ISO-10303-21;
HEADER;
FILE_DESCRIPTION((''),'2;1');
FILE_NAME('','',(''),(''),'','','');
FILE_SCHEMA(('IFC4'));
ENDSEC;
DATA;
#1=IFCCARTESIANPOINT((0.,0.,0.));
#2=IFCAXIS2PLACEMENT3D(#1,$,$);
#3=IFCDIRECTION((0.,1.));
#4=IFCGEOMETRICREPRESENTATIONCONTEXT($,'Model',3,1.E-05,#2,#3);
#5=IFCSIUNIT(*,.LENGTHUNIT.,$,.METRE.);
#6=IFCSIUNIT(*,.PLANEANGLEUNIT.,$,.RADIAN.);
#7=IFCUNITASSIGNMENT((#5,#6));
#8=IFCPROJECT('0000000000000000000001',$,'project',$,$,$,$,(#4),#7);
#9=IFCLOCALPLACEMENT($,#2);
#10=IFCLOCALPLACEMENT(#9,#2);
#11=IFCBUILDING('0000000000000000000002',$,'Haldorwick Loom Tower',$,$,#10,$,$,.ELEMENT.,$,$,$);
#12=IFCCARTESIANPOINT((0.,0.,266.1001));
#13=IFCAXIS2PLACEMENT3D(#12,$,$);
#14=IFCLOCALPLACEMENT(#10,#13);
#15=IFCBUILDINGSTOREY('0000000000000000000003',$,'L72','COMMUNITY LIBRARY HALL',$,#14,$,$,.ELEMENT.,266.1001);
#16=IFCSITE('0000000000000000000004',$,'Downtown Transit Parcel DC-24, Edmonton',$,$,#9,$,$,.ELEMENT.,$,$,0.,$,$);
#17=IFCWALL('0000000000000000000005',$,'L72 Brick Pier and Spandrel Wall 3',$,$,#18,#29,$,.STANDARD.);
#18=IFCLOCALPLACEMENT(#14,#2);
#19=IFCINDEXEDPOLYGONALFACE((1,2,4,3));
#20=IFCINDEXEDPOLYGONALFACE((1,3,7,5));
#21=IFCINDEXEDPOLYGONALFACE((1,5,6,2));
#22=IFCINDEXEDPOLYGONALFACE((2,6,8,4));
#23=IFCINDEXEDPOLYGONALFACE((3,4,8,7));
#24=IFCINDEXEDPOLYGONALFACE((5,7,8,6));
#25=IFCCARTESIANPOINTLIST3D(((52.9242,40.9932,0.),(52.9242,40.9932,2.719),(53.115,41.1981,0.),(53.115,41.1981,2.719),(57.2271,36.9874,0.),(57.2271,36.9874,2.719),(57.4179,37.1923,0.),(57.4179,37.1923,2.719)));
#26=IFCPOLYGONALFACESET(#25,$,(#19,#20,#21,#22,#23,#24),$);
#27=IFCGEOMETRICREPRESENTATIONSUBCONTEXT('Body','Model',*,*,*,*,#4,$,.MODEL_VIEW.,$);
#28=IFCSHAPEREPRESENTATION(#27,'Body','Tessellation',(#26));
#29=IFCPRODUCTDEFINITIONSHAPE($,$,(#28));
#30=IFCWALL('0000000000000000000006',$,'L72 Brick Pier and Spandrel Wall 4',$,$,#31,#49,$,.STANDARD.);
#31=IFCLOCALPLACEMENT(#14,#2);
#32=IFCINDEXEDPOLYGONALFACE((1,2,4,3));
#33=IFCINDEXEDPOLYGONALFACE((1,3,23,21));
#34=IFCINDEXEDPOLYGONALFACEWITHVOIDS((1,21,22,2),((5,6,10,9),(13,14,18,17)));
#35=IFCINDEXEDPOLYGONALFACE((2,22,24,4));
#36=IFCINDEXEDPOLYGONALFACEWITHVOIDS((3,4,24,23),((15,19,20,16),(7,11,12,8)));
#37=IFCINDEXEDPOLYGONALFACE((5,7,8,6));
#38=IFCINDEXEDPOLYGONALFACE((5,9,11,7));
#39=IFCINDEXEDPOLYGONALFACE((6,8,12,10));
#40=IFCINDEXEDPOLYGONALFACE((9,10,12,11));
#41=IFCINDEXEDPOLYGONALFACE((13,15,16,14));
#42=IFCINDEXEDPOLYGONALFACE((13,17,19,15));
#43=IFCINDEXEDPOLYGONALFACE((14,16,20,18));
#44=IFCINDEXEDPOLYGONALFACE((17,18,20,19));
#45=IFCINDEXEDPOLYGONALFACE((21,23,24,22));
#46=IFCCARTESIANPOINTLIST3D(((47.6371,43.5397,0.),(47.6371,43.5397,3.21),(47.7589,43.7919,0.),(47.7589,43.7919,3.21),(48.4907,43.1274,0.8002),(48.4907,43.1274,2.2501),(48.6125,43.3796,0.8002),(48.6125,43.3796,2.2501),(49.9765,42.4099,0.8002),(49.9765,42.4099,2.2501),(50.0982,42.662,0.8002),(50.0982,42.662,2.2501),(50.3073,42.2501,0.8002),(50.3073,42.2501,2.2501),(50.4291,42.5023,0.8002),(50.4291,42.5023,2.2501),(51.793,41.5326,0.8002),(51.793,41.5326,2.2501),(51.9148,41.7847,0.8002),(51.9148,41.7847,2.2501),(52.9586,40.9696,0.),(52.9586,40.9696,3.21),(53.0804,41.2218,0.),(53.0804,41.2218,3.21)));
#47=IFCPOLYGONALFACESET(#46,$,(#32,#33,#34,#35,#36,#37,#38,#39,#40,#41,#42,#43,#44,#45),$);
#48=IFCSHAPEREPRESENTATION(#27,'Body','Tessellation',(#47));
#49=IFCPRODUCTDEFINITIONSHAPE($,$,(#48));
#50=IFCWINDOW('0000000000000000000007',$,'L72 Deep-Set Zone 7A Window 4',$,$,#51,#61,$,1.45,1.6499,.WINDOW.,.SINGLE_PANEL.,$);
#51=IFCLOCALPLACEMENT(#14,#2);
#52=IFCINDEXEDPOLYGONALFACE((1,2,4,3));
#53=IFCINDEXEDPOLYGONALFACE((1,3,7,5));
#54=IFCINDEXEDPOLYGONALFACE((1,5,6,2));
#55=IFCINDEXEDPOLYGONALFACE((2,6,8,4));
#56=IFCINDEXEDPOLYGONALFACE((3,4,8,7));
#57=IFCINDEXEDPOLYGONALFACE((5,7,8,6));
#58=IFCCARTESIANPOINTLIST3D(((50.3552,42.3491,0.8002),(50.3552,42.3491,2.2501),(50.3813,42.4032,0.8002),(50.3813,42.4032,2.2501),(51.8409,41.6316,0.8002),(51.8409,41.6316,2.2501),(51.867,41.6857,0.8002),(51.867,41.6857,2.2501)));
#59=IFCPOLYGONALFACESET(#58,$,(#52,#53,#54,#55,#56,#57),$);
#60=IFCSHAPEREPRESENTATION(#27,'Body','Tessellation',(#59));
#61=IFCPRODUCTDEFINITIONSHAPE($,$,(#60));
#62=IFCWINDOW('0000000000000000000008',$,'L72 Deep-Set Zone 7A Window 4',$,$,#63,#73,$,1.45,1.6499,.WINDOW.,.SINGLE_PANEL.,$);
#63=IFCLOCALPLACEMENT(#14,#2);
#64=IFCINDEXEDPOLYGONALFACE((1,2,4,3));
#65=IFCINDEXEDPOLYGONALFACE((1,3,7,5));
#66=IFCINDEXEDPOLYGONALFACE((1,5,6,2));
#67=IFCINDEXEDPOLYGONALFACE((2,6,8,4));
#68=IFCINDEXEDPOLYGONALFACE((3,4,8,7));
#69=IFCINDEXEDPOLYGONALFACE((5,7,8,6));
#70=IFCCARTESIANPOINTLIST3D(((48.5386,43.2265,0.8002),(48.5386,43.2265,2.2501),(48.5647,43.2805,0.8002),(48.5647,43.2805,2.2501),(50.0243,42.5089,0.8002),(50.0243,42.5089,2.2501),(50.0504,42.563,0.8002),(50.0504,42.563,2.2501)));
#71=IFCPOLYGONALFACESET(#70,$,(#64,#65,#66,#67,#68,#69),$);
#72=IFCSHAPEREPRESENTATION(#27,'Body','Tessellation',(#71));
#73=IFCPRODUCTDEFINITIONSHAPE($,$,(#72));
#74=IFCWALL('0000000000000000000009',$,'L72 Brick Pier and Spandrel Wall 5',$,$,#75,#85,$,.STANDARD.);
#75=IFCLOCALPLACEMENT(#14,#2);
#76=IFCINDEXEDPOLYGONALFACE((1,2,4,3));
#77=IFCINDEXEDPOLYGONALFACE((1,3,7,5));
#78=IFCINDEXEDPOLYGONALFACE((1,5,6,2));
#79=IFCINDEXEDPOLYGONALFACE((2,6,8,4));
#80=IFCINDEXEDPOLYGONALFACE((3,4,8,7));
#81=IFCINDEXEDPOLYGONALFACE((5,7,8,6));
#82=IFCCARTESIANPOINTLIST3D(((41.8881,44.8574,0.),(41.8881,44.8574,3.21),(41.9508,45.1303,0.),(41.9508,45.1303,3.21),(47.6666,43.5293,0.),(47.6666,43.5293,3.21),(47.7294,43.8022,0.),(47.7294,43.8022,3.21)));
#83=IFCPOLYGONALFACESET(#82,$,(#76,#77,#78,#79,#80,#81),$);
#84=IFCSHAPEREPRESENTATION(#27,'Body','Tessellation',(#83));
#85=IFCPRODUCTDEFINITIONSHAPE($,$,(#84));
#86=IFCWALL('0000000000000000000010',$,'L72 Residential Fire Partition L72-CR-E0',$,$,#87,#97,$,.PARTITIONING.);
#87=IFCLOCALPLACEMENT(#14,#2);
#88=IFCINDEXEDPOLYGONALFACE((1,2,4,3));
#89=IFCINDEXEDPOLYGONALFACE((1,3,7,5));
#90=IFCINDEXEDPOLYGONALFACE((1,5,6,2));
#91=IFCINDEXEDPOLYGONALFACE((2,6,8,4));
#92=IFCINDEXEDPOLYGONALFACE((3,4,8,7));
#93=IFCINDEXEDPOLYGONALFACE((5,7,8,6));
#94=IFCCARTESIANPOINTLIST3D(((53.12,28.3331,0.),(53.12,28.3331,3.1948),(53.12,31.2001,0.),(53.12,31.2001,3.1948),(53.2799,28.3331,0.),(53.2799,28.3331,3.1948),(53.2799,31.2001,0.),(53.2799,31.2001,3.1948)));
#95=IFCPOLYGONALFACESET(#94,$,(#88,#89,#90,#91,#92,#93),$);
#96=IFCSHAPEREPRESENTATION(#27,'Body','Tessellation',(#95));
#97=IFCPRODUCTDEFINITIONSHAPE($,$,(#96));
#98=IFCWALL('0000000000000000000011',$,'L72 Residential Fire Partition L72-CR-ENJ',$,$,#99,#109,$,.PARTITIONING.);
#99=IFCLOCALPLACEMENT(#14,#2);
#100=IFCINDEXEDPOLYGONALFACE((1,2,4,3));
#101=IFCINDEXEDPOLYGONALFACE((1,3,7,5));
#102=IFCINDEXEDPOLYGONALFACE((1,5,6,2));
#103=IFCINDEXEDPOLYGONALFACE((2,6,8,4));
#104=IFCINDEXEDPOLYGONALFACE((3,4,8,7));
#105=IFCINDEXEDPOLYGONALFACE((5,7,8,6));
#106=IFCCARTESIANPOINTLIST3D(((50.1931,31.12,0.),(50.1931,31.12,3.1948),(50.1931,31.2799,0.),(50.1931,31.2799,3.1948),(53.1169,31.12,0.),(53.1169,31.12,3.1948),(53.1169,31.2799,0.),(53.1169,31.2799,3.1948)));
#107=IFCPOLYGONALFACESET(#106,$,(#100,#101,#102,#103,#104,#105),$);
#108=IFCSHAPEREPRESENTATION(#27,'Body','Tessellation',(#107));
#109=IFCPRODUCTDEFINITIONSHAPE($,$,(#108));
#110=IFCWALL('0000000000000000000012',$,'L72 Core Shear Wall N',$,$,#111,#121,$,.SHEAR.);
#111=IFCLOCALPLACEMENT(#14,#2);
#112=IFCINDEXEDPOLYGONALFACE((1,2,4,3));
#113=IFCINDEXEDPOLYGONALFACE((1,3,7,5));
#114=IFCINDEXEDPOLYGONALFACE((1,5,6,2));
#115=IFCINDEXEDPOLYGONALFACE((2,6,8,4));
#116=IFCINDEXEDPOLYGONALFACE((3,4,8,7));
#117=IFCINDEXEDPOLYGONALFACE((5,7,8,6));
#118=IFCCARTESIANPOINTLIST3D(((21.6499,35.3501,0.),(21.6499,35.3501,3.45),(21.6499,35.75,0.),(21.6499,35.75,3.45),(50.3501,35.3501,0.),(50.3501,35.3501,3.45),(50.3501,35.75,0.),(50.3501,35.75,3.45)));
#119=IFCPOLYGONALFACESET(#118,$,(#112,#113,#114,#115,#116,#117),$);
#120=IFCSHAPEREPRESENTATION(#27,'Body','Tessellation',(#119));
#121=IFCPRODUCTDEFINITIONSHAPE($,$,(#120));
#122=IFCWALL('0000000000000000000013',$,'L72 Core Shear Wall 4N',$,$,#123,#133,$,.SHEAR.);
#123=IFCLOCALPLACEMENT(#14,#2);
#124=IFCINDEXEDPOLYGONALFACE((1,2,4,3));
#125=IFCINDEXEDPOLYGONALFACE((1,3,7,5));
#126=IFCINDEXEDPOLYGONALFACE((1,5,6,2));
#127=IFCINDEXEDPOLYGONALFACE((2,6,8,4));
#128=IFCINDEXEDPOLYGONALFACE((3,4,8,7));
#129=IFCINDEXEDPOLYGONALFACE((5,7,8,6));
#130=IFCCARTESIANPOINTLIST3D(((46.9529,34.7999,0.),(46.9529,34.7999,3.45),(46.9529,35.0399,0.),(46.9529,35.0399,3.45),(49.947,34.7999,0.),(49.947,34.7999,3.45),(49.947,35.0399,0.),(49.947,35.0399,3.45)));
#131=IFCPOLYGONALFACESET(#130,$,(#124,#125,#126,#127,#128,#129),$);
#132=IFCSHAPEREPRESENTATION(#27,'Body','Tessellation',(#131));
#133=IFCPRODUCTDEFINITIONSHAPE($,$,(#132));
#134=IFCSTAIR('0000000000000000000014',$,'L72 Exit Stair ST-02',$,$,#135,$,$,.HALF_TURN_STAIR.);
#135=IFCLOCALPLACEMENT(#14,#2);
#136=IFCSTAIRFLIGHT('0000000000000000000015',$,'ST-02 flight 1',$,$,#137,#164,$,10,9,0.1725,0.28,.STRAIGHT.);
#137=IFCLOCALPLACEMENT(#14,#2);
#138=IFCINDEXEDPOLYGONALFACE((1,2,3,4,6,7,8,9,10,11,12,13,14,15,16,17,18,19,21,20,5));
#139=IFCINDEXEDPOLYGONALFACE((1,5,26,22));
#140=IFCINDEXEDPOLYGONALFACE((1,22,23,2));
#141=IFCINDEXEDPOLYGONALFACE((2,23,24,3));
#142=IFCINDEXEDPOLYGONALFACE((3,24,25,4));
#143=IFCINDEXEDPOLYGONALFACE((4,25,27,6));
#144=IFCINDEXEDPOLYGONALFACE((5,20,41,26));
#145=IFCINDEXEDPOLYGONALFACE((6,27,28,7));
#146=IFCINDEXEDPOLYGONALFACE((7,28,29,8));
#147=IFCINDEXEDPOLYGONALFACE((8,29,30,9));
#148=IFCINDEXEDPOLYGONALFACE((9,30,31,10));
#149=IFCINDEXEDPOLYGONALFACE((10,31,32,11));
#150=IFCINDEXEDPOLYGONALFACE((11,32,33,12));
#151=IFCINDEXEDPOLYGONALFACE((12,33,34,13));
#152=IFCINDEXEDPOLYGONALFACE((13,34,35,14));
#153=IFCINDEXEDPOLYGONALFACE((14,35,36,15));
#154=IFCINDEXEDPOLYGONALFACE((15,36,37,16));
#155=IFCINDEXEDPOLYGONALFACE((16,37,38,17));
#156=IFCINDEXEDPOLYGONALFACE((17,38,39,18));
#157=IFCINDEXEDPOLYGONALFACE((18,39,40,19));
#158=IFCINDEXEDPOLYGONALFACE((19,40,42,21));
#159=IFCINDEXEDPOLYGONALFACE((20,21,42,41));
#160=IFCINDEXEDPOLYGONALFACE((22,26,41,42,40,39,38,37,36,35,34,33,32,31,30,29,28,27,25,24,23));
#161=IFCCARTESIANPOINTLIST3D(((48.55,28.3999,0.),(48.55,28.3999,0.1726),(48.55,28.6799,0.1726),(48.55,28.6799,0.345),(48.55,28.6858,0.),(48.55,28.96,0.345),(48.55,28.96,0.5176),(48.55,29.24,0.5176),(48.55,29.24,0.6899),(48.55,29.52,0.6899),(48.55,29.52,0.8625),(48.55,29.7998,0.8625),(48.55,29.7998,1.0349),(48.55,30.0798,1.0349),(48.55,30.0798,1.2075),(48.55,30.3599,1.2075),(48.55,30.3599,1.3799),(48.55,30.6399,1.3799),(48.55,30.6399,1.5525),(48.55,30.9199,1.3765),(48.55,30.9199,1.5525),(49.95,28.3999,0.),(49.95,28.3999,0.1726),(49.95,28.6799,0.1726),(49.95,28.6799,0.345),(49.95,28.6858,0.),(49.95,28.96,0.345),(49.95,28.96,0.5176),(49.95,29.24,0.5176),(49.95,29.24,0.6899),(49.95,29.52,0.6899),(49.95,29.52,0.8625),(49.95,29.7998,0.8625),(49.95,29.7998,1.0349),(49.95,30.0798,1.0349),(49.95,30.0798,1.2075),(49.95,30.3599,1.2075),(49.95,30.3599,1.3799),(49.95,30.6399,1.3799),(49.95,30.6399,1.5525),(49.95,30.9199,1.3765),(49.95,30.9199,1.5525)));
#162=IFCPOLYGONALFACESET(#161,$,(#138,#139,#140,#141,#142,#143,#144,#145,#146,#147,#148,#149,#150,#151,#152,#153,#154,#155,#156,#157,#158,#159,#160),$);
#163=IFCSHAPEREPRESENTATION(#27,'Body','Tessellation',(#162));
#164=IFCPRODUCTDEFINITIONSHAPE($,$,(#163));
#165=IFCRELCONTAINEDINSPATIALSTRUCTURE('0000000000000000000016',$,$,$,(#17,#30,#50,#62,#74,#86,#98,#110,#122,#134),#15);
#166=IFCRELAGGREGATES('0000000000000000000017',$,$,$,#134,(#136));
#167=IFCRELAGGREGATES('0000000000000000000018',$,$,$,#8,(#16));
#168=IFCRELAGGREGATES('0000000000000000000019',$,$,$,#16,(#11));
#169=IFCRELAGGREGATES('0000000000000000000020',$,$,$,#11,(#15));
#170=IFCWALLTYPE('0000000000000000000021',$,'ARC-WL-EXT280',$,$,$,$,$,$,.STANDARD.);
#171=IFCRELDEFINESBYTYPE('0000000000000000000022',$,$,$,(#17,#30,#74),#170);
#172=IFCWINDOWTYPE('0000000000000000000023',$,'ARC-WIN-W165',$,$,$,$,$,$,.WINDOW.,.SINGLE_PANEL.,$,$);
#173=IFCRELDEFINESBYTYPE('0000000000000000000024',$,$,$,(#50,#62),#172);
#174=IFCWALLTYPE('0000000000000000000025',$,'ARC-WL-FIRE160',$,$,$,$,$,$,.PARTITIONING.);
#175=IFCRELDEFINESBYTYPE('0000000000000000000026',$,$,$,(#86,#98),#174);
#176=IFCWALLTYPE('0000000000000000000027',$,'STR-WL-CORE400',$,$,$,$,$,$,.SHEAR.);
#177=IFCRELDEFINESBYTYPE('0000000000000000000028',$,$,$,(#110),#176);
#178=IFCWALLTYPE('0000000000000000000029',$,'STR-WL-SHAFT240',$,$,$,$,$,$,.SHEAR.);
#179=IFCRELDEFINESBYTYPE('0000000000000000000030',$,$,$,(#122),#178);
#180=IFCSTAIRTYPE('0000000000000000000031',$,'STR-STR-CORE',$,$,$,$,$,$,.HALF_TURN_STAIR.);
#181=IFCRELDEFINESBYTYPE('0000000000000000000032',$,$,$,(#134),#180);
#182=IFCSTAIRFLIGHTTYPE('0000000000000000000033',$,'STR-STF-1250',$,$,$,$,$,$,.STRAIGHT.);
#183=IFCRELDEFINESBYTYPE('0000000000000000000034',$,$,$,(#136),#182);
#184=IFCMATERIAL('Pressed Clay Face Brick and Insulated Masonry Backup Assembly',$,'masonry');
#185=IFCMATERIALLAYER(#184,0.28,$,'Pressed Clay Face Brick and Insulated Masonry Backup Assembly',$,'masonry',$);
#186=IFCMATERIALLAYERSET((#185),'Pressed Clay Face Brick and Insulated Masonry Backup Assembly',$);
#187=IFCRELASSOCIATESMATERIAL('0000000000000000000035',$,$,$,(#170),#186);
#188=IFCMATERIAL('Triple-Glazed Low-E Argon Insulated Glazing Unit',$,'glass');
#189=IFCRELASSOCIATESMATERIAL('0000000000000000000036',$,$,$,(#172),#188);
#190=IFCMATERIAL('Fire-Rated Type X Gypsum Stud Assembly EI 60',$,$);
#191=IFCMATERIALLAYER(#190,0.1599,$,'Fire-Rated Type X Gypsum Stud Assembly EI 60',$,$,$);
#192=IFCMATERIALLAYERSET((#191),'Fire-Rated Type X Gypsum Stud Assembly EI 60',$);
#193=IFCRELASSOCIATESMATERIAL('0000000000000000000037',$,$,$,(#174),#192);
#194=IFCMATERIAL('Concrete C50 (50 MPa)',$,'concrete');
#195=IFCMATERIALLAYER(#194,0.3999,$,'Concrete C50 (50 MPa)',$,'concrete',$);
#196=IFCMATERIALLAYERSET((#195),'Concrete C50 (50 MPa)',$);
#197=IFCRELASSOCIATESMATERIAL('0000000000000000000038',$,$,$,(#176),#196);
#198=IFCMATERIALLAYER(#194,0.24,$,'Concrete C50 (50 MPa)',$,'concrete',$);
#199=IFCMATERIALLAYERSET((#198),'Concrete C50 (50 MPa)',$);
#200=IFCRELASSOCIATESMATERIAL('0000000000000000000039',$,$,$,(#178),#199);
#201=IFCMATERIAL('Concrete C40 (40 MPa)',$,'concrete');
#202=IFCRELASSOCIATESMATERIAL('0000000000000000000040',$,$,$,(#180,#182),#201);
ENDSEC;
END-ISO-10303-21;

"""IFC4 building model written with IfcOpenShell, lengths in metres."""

from ifc_helpers import new_model, si_unit, direction, frame, frame_2d, origin, place, context, subcontext, project, spatial, polyline, rectangle, outline, extrude, material, layer, layer_set, type_object, element, fill, aggregate, save


model = new_model("IFC4")

# Units and contexts
model_context = context("Model", 3, precision=1e-05, world=origin(), true_north=direction((0.0, 1.0)))
body_context = subcontext(model_context, "Body", "Model", "MODEL_VIEW")
ifc_project = project(units=[si_unit("LENGTHUNIT", "METRE"), si_unit("PLANEANGLEUNIT", "RADIAN")], contexts=[model_context])

# Site, building, storey
site_placement = place(None, origin())
site = spatial("IfcSite", under=ifc_project, at=site_placement, Name="Downtown Transit Parcel DC-24, Edmonton", CompositionType="ELEMENT", RefElevation=0.0)
building_placement = place(site_placement, origin())
building = spatial("IfcBuilding", under=site, at=building_placement, Name="Haldorwick Loom Tower", CompositionType="ELEMENT")
storey_placement = place(building_placement, frame((0.0, 0.0, 266.1001)))
storey = spatial("IfcBuildingStorey", under=building, at=storey_placement, Name="L72", Description="COMMUNITY LIBRARY HALL", CompositionType="ELEMENT", Elevation=266.1001)

# Wall
ifc_material_1 = material(Name="Pressed Clay Face Brick and Insulated Masonry Backup Assembly", Category="masonry")
ifc_layer_1 = layer(ifc_material_1, 0.28, Name="Pressed Clay Face Brick and Insulated Masonry Backup Assembly", Category="masonry")
ifc_layer_set_1 = layer_set([ifc_layer_1], Name="Pressed Clay Face Brick and Insulated Masonry Backup Assembly")
wall_type_1 = type_object("IfcWallType", Name="ARC-WL-EXT280", PredefinedType="STANDARD", material=ifc_layer_set_1)
wall_1_placement = place(storey_placement, frame((57.3225, 37.0898, 0.0), z_axis=(0.0, 0.0, 1.0), x_axis=(-0.731925, 0.681386, 0.0)))
element("IfcWall", 1, at=wall_1_placement, inside=storey, type_object=wall_type_1, Name="L72 Brick Pier and Spandrel Wall 3", PredefinedType="STANDARD", context=body_context, shape_type="SweptSolid", body=[
    extrude(rectangle(XDim=5.8789, YDim=0.28, at=frame_2d((2.9395, 0.0))), origin(), (0.0, 0.0, 1.0), 2.719),
])

# Wall, openings, windows
wall_2_placement = place(storey_placement, frame((53.0195, 41.0957, 0.0), z_axis=(0.0, 0.0, 1.0), x_axis=(-0.900482, 0.434893, 0.0)))
wall_2 = element("IfcWall", 2, at=wall_2_placement, inside=storey, type_object=wall_type_1, Name="L72 Brick Pier and Spandrel Wall 4", PredefinedType="STANDARD", context=body_context, shape_type="SweptSolid", body=[
    extrude(rectangle(XDim=5.9097, YDim=0.28, at=frame_2d((2.9548, 0.0))), origin(), (0.0, 0.0, 1.0), 3.21),
])
opening_1_placement = place(wall_2_placement, frame((1.2944, 0.0, 0.8)))
opening_1 = element("IfcOpeningElement", 3, at=opening_1_placement, cuts=wall_2, PredefinedType="OPENING", context=body_context, shape_type="SweptSolid", body=[
    extrude(rectangle(XDim=1.6499, YDim=1.45, at=frame_2d((0.825, 0.7251))), frame((0.0, 0.1499, 0.0), z_axis=(0.0, -1.0, 0.0), x_axis=(1.0, 0.0, 0.0)), (0.0, 0.0, 1.0), 0.3),
])
opening_2_placement = place(wall_2_placement, frame((3.3118, 0.0, 0.8)))
opening_2 = element("IfcOpeningElement", 4, at=opening_2_placement, cuts=wall_2, PredefinedType="OPENING", context=body_context, shape_type="SweptSolid", body=[
    extrude(rectangle(XDim=1.6499, YDim=1.45, at=frame_2d((0.825, 0.7251))), frame((0.0, 0.1499, 0.0), z_axis=(0.0, -1.0, 0.0), x_axis=(1.0, 0.0, 0.0)), (0.0, 0.0, 1.0), 0.3),
])
ifc_material_2 = material(Name="Triple-Glazed Low-E Argon Insulated Glazing Unit", Category="glass")
window_type = type_object("IfcWindowType", Name="ARC-WIN-W165", PartitioningType="SINGLE_PANEL", PredefinedType="WINDOW", material=ifc_material_2)
window_1_placement = place(opening_1_placement, origin())
window_1 = element("IfcWindow", 5, at=window_1_placement, inside=storey, type_object=window_type, Name="L72 Deep-Set Zone 7A Window 4", OverallHeight=1.45, OverallWidth=1.6499, PartitioningType="SINGLE_PANEL", PredefinedType="WINDOW", context=body_context, shape_type="SweptSolid", body=[
    extrude(rectangle(XDim=1.6499, YDim=1.45, at=frame_2d((0.825, 0.7251))), frame((0.0, 0.03, 0.0), z_axis=(0.0, -1.0, 0.0), x_axis=(1.0, 0.0, 0.0)), (0.0, 0.0, 1.0), 0.0601),
])
fill(opening_1, window_1)
window_2_placement = place(opening_2_placement, origin())
window_2 = element("IfcWindow", 6, at=window_2_placement, inside=storey, type_object=window_type, Name="L72 Deep-Set Zone 7A Window 4", OverallHeight=1.45, OverallWidth=1.6499, PartitioningType="SINGLE_PANEL", PredefinedType="WINDOW", context=body_context, shape_type="SweptSolid", body=[
    extrude(rectangle(XDim=1.6499, YDim=1.45, at=frame_2d((0.825, 0.7251))), frame((0.0, 0.03, 0.0), z_axis=(0.0, -1.0, 0.0), x_axis=(1.0, 0.0, 0.0)), (0.0, 0.0, 1.0), 0.0601),
])
fill(opening_2, window_2)

# Walls
wall_3_placement = place(storey_placement, frame((47.698, 43.6658, 0.0), z_axis=(0.0, 0.0, 1.0), x_axis=(-0.97459, 0.223996, 0.0)))
element("IfcWall", 7, at=wall_3_placement, inside=storey, type_object=wall_type_1, Name="L72 Brick Pier and Spandrel Wall 5", PredefinedType="STANDARD", context=body_context, shape_type="SweptSolid", body=[
    extrude(rectangle(XDim=5.9292, YDim=0.28, at=frame_2d((2.9646, 0.0))), origin(), (0.0, 0.0, 1.0), 3.21),
])
ifc_material_3 = material(Name="Fire-Rated Type X Gypsum Stud Assembly EI 60")
ifc_layer_2 = layer(ifc_material_3, 0.1599, Name="Fire-Rated Type X Gypsum Stud Assembly EI 60")
ifc_layer_set_2 = layer_set([ifc_layer_2], Name="Fire-Rated Type X Gypsum Stud Assembly EI 60")
wall_type_2 = type_object("IfcWallType", Name="ARC-WL-FIRE160", PredefinedType="PARTITIONING", material=ifc_layer_set_2)
wall_4_placement = place(storey_placement, frame((53.2, 28.333, 0.0), z_axis=(0.0, 0.0, 1.0), x_axis=(0.0, 1.0, 0.0)))
element("IfcWall", 8, at=wall_4_placement, inside=storey, type_object=wall_type_2, Name="L72 Residential Fire Partition L72-CR-E0", PredefinedType="PARTITIONING", context=body_context, shape_type="SweptSolid", body=[
    extrude(rectangle(XDim=2.8669, YDim=0.1599, at=frame_2d((1.4336, 0.0))), origin(), (0.0, 0.0, 1.0), 3.1948),
])
wall_5_placement = place(storey_placement, frame((50.1931, 31.2, 0.0), z_axis=(0.0, 0.0, 1.0), x_axis=(1.0, 0.0, 0.0)))
element("IfcWall", 9, at=wall_5_placement, inside=storey, type_object=wall_type_2, Name="L72 Residential Fire Partition L72-CR-ENJ", PredefinedType="PARTITIONING", context=body_context, shape_type="SweptSolid", body=[
    extrude(rectangle(XDim=2.9238, YDim=0.1599, at=frame_2d((1.4619, 0.0))), origin(), (0.0, 0.0, 1.0), 3.1948),
])
ifc_material_4 = material(Name="Concrete C50 (50 MPa)", Category="concrete")
ifc_layer_3 = layer(ifc_material_4, 0.3999, Name="Concrete C50 (50 MPa)", Category="concrete")
ifc_layer_set_3 = layer_set([ifc_layer_3], Name="Concrete C50 (50 MPa)")
wall_type_3 = type_object("IfcWallType", Name="STR-WL-CORE400", PredefinedType="SHEAR", material=ifc_layer_set_3)
wall_6_placement = place(storey_placement, frame((50.3501, 35.55, 0.0), z_axis=(0.0, 0.0, 1.0), x_axis=(-1.0, 0.0, 0.0)))
element("IfcWall", 10, at=wall_6_placement, inside=storey, type_object=wall_type_3, Name="L72 Core Shear Wall N", PredefinedType="SHEAR", context=body_context, shape_type="SweptSolid", body=[
    extrude(rectangle(XDim=28.7002, YDim=0.3999, at=frame_2d((14.3501, 0.0))), origin(), (0.0, 0.0, 1.0), 3.45),
])
ifc_layer_4 = layer(ifc_material_4, 0.24, Name="Concrete C50 (50 MPa)", Category="concrete")
ifc_layer_set_4 = layer_set([ifc_layer_4], Name="Concrete C50 (50 MPa)")
wall_type_4 = type_object("IfcWallType", Name="STR-WL-SHAFT240", PredefinedType="SHEAR", material=ifc_layer_set_4)
wall_7_placement = place(storey_placement, frame((46.9529, 34.9199, 0.0), z_axis=(0.0, 0.0, 1.0), x_axis=(1.0, 0.0, 0.0)))
element("IfcWall", 11, at=wall_7_placement, inside=storey, type_object=wall_type_4, Name="L72 Core Shear Wall 4N", PredefinedType="SHEAR", context=body_context, shape_type="SweptSolid", body=[
    extrude(rectangle(XDim=2.9941, YDim=0.24, at=frame_2d((1.4971, 0.0))), origin(), (0.0, 0.0, 1.0), 3.45),
])

# Stair, stair flight
ifc_material_5 = material(Name="Concrete C40 (40 MPa)", Category="concrete")
stair_type = type_object("IfcStairType", Name="STR-STR-CORE", PredefinedType="HALF_TURN_STAIR", material=ifc_material_5)
stair_placement = place(storey_placement, origin())
stair = element("IfcStair", 12, at=stair_placement, inside=storey, type_object=stair_type, Name="L72 Exit Stair ST-02", PredefinedType="HALF_TURN_STAIR")
stair_flight_type = type_object("IfcStairFlightType", Name="STR-STF-1250", PredefinedType="STRAIGHT", material=ifc_material_5)
stair_flight_1_placement = place(storey_placement, frame((49.25, 28.3999, 0.0), z_axis=(0.0, 0.0, 1.0), x_axis=(0.0, 1.0, 0.0)))
stair_flight_1 = element("IfcStairFlight", 13, at=stair_flight_1_placement, type_object=stair_flight_type, Name="ST-02 flight 1", NumberOfRisers=10, NumberOfTreads=9, PredefinedType="STRAIGHT", RiserHeight=0.1725, TreadLength=0.28, context=body_context, shape_type="SweptSolid", body=[
    extrude(outline(polyline([(0.0, 0.0), (0.0, 0.1726), (0.28, 0.1726), (0.28, 0.345), (0.5601, 0.345), (0.5601, 0.5176), (0.8401, 0.5176), (0.8401, 0.6899), (1.1201, 0.6899), (1.1201, 0.8625), (1.3999, 0.8625), (1.3999, 1.0349), (1.6799, 1.0349), (1.6799, 1.2075), (1.96, 1.2075), (1.96, 1.3799), (2.24, 1.3799), (2.24, 1.5525), (2.52, 1.5525), (2.52, 1.7251), (2.52, 1.3765), (0.2859, 0.0), (0.0, 0.0)])), frame((0.0, 0.7, 0.0), z_axis=(0.0, -1.0, 0.0), x_axis=(1.0, 0.0, 0.0)), (0.0, 0.0, 1.0), 1.3999),
])
aggregate(stair, [stair_flight_1])

save(model, "model.ifc")
